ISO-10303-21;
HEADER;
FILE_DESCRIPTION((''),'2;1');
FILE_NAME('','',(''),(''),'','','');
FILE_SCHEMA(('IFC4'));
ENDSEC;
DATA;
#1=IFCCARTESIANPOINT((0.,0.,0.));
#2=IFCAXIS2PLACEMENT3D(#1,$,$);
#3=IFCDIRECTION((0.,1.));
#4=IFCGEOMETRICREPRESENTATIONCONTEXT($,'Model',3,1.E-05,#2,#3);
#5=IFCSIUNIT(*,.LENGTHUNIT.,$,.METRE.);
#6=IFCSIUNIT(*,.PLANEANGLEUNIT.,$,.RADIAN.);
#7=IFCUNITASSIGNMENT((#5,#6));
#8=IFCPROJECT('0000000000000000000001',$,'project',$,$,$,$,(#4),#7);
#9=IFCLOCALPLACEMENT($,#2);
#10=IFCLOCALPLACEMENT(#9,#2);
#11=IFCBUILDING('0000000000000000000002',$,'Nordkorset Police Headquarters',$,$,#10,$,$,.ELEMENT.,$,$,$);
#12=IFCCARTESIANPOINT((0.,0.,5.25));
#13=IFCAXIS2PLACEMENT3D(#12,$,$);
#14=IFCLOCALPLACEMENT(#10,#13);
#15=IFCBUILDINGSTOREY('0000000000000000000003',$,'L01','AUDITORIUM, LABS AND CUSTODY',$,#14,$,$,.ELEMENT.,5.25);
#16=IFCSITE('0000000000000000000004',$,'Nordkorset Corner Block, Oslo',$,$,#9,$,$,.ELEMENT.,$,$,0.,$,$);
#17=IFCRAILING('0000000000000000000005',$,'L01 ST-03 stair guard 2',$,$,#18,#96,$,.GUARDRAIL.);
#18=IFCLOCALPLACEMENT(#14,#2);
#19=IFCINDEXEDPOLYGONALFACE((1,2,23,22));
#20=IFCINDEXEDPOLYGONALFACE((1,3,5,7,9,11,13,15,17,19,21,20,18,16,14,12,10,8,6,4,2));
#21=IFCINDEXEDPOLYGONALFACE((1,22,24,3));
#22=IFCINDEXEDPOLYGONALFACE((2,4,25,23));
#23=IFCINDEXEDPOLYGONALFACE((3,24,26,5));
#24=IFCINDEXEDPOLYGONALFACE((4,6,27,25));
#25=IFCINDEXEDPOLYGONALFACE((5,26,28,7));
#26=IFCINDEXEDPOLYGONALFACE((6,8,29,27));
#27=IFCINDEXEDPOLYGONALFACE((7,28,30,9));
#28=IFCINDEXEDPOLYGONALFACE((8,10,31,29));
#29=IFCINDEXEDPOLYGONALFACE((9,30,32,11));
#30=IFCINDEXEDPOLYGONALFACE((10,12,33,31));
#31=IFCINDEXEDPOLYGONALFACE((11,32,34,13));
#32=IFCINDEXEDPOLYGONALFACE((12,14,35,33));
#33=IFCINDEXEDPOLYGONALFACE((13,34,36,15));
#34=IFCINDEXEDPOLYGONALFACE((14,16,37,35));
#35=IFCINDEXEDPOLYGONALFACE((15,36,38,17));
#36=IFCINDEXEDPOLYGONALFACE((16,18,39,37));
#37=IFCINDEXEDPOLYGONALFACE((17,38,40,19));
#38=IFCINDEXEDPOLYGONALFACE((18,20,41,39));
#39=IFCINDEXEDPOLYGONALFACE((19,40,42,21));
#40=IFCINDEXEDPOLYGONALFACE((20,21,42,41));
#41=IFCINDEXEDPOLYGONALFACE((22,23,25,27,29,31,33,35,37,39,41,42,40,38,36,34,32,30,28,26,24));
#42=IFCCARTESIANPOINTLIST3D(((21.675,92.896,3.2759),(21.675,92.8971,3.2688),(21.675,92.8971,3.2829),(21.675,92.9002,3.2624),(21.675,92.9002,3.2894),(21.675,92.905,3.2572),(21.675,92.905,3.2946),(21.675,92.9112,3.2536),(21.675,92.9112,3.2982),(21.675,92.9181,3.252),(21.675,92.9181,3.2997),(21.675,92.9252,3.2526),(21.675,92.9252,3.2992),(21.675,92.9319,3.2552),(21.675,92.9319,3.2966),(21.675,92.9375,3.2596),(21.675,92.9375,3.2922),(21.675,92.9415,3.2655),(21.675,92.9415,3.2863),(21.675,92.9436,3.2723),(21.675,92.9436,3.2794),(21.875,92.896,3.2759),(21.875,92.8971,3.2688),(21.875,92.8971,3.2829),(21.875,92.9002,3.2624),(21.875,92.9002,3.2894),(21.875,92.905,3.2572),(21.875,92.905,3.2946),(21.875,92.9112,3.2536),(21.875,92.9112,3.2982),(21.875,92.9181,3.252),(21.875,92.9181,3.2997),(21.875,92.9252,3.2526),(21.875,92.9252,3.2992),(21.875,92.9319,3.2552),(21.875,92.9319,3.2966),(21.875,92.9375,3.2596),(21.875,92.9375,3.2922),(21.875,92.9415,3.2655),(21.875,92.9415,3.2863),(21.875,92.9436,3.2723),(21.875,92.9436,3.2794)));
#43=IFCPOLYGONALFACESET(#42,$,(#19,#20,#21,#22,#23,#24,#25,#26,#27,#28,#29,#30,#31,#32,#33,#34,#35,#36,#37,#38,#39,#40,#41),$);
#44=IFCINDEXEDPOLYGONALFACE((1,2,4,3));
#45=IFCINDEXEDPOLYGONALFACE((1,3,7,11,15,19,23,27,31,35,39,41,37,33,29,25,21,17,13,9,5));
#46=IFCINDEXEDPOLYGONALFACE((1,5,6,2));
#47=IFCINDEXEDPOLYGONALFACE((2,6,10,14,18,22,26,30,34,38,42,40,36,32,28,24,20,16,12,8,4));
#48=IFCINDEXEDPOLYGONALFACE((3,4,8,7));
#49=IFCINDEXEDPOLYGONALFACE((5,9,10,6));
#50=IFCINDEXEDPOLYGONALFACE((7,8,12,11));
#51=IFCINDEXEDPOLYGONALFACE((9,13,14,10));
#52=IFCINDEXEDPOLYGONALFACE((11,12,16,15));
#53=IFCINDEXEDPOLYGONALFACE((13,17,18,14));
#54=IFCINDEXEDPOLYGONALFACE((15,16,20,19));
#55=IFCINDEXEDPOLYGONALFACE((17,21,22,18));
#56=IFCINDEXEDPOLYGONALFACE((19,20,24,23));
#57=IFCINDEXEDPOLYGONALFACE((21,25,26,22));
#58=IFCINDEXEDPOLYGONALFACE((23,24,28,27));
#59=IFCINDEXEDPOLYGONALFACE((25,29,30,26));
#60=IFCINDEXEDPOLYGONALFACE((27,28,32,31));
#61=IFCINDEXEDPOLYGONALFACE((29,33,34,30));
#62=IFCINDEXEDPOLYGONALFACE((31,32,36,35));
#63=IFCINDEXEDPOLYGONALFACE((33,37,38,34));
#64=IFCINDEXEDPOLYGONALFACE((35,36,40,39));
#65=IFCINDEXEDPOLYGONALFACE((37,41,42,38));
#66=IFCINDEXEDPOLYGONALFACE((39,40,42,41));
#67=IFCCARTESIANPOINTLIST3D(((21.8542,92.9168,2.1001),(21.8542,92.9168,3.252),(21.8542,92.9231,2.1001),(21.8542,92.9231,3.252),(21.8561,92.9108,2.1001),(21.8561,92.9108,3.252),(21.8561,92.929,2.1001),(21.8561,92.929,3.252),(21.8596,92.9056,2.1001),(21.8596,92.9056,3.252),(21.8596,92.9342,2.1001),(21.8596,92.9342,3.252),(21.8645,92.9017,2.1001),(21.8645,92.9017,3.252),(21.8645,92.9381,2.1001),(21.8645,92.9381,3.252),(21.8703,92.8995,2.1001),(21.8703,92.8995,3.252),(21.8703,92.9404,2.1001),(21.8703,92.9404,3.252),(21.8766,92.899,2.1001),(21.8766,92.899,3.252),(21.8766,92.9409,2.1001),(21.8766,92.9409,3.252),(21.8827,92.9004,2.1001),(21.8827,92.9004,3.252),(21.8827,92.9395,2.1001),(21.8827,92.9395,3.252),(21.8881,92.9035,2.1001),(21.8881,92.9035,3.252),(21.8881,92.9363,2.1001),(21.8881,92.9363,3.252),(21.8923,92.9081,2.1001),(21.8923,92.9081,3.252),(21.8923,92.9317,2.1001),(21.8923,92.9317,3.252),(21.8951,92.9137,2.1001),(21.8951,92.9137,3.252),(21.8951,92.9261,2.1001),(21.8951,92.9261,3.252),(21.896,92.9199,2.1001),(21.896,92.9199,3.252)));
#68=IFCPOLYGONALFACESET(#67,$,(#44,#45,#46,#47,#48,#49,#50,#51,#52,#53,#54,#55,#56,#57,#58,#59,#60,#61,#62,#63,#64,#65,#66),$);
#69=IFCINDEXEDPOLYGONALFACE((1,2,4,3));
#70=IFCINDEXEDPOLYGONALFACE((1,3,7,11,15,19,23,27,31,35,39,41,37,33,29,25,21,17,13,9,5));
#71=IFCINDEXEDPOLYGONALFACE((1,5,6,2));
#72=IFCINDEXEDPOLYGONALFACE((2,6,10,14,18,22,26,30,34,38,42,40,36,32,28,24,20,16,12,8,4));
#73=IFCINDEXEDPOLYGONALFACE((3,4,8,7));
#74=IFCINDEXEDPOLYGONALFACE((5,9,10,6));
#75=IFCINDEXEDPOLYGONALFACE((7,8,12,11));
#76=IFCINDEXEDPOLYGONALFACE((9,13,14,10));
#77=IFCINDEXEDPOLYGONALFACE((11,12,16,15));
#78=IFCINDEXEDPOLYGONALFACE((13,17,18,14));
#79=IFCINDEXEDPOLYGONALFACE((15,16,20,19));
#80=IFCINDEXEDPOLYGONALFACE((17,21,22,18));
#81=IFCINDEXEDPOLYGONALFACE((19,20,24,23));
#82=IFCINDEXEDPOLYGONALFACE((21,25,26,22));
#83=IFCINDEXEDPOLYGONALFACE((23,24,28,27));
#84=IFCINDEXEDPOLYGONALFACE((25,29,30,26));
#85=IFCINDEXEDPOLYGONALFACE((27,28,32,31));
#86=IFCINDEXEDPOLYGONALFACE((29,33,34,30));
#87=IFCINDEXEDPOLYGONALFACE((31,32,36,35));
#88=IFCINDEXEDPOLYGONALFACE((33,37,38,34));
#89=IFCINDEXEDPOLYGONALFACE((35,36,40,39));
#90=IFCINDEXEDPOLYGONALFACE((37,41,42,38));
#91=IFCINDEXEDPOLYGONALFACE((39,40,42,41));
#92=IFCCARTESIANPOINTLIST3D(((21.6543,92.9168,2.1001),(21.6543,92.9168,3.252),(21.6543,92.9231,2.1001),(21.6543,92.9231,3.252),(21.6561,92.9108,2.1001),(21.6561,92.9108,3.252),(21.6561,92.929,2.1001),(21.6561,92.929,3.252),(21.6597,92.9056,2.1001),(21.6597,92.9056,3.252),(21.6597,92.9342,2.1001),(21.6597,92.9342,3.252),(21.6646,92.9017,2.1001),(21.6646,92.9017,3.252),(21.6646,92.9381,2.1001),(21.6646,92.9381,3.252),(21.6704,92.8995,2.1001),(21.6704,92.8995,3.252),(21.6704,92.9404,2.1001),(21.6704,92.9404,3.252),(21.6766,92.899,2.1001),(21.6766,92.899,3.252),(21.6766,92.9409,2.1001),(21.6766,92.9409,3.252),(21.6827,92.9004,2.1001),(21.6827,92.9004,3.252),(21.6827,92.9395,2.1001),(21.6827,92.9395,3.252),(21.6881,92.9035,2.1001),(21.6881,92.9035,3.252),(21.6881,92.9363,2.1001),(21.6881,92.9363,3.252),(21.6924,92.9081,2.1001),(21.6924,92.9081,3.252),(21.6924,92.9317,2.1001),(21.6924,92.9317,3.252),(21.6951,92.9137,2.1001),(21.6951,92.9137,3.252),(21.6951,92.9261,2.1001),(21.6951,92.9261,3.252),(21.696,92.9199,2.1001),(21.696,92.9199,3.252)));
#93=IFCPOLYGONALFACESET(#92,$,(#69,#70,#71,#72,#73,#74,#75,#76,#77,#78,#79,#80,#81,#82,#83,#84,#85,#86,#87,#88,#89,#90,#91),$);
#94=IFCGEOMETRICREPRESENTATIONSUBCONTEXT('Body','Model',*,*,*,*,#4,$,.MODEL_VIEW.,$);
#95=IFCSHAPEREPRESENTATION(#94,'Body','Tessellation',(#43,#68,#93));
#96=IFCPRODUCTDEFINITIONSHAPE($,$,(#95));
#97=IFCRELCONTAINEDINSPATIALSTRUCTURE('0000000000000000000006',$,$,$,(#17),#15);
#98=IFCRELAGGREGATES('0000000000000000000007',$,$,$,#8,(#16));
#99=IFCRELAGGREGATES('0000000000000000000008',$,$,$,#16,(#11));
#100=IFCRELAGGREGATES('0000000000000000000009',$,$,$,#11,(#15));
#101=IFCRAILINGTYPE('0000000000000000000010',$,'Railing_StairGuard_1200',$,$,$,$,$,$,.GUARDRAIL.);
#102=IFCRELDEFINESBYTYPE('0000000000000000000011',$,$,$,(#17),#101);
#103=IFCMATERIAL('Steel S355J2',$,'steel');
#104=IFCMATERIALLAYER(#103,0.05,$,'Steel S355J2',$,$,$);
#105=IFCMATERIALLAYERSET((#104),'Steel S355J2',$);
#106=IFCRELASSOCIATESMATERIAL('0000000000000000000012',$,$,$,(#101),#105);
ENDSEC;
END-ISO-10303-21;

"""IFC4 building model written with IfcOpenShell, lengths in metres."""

from ifc_helpers import new_model, si_unit, direction, frame, origin, origin_2d, place, context, subcontext, project, spatial, circle, extrude, material, layer, layer_set, type_object, element, save


model = new_model("IFC4")

# Units and contexts
model_context = context("Model", 3, precision=1e-05, world=origin(), true_north=direction((0.0, 1.0)))
body_context = subcontext(model_context, "Body", "Model", "MODEL_VIEW")
ifc_project = project(units=[si_unit("LENGTHUNIT", "METRE"), si_unit("PLANEANGLEUNIT", "RADIAN")], contexts=[model_context])

# Site, building, storey
site_placement = place(None, origin())
site = spatial("IfcSite", under=ifc_project, at=site_placement, Name="Nordkorset Corner Block, Oslo", CompositionType="ELEMENT", RefElevation=0.0)
building_placement = place(site_placement, origin())
building = spatial("IfcBuilding", under=site, at=building_placement, Name="Nordkorset Police Headquarters", CompositionType="ELEMENT")
storey_placement = place(building_placement, frame((0.0, 0.0, 5.25)))
storey = spatial("IfcBuildingStorey", under=building, at=storey_placement, Name="L01", Description="AUDITORIUM, LABS AND CUSTODY", CompositionType="ELEMENT", Elevation=5.25)

# Railing
ifc_material_1 = material(Name="Steel S355J2", Category="steel")
ifc_layer_1 = layer(ifc_material_1, 0.05, Name="Steel S355J2")
ifc_layer_set_1 = layer_set([ifc_layer_1], Name="Steel S355J2")
railing_type_1 = type_object("IfcRailingType", Name="Railing_StairGuard_1200", PredefinedType="GUARDRAIL", material=ifc_layer_set_1)
railing_1_placement = place(storey_placement, frame((21.875, 92.9199, 2.1001)))
element("IfcRailing", 1, at=railing_1_placement, inside=storey, type_object=railing_type_1, Name="L01 ST-03 stair guard 2", PredefinedType="GUARDRAIL", context=body_context, shape_type="SweptSolid", body=[
    extrude(circle(Radius=0.0239, at=origin_2d()), frame((0.0, 0.0, 1.1758), z_axis=(-1.0, 0.0, 0.0), x_axis=(0.0, -1.0, 0.0)), (0.0, 0.0, 1.0), 0.2),
    extrude(circle(Radius=0.021, at=origin_2d()), origin(), (0.0, 0.0, 1.0), 1.1519),
    extrude(circle(Radius=0.021, at=origin_2d()), frame((-0.2, 0.0, 0.0)), (0.0, 0.0, 1.0), 1.1519),
])

save(model, "model.ifc")
